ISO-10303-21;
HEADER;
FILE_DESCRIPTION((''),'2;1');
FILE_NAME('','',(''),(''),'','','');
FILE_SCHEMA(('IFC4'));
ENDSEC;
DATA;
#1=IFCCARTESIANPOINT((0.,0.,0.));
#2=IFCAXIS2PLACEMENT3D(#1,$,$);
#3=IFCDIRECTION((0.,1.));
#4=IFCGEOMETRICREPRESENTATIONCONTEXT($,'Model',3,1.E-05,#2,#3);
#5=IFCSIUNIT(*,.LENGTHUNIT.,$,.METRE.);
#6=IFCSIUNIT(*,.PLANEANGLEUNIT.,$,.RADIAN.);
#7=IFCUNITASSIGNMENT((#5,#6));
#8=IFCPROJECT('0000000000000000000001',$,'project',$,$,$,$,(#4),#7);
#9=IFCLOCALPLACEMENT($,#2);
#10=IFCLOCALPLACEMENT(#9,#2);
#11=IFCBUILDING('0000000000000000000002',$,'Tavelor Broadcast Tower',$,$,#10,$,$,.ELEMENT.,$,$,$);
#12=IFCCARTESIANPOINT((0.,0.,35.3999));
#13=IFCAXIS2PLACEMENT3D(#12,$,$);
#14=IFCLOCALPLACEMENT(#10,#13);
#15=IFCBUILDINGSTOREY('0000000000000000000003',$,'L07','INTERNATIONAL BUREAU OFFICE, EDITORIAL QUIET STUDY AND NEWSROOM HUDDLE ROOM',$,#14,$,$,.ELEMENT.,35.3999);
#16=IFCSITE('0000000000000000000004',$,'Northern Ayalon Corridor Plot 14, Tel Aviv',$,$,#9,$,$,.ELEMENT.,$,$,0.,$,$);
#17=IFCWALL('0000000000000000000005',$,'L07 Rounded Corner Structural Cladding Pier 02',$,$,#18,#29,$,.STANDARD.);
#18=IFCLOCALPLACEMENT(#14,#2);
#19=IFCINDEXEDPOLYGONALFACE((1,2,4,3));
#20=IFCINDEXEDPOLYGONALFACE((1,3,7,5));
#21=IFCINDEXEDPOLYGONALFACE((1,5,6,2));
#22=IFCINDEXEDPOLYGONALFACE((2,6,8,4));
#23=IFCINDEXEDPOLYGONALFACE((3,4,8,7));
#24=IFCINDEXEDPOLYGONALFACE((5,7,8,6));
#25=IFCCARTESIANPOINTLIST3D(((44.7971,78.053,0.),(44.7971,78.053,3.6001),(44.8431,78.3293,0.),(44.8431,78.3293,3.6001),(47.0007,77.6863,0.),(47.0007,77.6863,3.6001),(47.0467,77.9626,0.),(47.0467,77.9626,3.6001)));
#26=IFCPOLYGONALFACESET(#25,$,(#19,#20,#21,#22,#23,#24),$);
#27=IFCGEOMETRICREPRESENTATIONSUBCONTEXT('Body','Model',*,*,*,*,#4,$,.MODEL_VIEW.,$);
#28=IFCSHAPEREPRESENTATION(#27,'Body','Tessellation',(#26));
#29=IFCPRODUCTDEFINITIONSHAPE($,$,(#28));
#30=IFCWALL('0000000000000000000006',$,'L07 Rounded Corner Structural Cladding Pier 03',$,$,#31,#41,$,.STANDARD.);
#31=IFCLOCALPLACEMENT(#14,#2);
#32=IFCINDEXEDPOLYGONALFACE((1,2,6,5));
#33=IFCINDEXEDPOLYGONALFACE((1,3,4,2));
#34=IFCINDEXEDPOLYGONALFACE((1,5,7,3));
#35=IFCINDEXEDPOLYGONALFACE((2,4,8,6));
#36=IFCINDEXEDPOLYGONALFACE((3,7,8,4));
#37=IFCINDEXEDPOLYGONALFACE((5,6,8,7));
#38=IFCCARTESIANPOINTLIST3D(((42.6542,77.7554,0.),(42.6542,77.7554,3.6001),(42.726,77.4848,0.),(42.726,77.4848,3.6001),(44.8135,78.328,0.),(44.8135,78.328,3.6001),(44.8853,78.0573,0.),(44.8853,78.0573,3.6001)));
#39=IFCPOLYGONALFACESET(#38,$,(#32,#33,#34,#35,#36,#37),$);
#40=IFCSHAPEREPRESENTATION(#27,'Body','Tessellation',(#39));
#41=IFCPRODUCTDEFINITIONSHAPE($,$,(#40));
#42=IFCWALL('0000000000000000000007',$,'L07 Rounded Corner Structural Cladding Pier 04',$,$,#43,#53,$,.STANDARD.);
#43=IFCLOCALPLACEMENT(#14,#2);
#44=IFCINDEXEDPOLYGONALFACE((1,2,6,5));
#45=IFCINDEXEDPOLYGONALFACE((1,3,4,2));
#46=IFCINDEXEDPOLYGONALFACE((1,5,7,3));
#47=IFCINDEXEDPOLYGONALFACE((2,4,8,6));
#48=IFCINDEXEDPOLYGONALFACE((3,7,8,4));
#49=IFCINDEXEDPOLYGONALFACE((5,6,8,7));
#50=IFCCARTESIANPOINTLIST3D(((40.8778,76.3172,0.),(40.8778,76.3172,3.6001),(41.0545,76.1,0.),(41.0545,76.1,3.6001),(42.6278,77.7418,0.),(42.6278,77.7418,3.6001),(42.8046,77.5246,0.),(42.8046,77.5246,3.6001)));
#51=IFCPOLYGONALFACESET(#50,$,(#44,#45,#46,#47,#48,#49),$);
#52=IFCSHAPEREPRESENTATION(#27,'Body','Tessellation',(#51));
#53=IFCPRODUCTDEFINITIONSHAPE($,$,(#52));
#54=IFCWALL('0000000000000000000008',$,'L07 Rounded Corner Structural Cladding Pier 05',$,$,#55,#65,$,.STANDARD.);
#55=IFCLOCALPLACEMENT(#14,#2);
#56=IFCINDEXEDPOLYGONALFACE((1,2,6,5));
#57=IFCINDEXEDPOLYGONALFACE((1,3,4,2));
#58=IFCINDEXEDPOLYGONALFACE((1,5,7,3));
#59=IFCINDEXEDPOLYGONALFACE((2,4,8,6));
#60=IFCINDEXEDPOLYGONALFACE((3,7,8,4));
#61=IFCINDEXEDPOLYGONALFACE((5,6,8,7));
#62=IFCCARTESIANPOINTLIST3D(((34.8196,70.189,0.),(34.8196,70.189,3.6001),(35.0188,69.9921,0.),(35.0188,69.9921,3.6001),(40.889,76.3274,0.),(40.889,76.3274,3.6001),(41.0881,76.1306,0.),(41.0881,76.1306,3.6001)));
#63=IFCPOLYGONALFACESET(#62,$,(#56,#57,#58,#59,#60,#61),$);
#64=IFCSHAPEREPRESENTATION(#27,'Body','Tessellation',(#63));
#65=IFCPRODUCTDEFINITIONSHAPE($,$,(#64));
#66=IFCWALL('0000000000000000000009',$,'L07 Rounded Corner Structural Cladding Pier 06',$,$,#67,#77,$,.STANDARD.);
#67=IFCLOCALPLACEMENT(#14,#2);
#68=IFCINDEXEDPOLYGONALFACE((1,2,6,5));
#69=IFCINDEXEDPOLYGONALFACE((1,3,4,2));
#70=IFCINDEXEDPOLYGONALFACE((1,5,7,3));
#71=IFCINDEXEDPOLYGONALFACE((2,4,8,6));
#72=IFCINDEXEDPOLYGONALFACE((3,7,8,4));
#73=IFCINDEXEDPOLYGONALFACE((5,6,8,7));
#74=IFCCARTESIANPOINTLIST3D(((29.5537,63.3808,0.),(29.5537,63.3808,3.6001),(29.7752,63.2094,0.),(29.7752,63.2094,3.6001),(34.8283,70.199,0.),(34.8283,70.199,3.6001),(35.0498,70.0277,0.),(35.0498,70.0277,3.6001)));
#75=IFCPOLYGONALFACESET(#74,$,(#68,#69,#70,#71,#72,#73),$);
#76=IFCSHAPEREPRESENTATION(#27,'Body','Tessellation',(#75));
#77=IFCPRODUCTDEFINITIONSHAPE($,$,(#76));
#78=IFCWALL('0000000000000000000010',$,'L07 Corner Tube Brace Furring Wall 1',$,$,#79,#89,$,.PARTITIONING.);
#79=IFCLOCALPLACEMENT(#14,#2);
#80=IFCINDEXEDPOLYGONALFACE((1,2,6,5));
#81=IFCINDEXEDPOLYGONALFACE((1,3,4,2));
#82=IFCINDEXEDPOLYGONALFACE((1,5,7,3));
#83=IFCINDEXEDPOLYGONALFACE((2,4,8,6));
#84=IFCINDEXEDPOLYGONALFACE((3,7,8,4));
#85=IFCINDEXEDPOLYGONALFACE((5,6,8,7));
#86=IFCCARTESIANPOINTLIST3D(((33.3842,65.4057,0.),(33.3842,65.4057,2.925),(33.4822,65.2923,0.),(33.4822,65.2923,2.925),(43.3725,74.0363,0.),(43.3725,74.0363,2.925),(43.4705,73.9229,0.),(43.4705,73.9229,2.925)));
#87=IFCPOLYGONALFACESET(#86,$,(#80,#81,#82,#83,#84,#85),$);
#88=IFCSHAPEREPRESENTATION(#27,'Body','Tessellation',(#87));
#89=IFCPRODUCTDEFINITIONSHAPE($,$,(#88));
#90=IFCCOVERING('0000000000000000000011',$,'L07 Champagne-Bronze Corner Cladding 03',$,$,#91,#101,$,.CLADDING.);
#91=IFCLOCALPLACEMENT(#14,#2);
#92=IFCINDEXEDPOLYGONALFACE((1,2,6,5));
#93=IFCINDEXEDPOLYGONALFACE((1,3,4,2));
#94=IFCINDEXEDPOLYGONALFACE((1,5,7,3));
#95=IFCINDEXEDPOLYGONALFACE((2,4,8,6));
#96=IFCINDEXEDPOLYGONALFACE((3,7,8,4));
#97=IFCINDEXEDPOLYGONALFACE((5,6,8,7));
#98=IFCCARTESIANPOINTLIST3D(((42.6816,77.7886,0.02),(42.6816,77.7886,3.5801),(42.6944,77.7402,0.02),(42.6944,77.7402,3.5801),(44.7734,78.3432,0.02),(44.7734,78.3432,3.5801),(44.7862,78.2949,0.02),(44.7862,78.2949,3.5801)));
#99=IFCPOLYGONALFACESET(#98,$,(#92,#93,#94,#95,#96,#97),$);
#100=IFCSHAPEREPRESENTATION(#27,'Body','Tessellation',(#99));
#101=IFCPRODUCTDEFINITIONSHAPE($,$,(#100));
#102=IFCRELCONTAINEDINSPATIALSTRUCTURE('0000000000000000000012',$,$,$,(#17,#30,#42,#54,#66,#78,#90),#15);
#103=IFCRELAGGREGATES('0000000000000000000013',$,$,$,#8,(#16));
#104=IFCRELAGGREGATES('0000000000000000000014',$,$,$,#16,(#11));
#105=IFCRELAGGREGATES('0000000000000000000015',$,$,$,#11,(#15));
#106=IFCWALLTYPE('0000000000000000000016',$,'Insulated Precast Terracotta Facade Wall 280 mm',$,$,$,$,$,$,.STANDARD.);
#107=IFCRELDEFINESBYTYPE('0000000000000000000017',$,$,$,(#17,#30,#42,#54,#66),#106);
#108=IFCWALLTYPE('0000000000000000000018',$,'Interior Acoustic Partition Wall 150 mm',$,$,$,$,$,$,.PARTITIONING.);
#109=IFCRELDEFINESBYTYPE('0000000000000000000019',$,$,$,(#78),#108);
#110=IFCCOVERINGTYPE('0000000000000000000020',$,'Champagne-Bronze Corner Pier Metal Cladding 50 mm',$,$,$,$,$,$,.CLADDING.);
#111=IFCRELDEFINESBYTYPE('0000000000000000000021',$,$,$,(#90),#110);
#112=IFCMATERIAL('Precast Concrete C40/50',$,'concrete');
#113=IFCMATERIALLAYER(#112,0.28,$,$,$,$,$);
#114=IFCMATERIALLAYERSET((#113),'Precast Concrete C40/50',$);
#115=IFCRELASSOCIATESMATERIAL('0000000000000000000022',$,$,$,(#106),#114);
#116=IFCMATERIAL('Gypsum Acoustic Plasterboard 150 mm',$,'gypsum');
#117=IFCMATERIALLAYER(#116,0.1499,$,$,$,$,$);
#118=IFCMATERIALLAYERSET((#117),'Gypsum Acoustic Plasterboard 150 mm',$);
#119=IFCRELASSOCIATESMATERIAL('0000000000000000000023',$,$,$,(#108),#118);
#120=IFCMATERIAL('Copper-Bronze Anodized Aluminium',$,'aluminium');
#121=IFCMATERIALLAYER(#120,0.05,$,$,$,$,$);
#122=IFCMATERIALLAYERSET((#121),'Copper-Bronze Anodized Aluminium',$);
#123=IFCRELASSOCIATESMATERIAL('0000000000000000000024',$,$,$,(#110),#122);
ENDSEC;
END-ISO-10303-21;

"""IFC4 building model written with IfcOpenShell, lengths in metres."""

from ifc_helpers import new_model, si_unit, direction, frame, frame_2d, origin, origin_2d, place, context, subcontext, project, spatial, rectangle, extrude, material, layer, layer_set, type_object, element, save


model = new_model("IFC4")

# Units and contexts
model_context = context("Model", 3, precision=1e-05, world=origin(), true_north=direction((0.0, 1.0)))
body_context = subcontext(model_context, "Body", "Model", "MODEL_VIEW")
ifc_project = project(units=[si_unit("LENGTHUNIT", "METRE"), si_unit("PLANEANGLEUNIT", "RADIAN")], contexts=[model_context])

# Site, building, storey
site_placement = place(None, origin())
site = spatial("IfcSite", under=ifc_project, at=site_placement, Name="Northern Ayalon Corridor Plot 14, Tel Aviv", CompositionType="ELEMENT", RefElevation=0.0)
building_placement = place(site_placement, origin())
building = spatial("IfcBuilding", under=site, at=building_placement, Name="Tavelor Broadcast Tower", CompositionType="ELEMENT")
storey_placement = place(building_placement, frame((0.0, 0.0, 35.3999)))
storey = spatial("IfcBuildingStorey", under=building, at=storey_placement, Name="L07", Description="INTERNATIONAL BUREAU OFFICE, EDITORIAL QUIET STUDY AND NEWSROOM HUDDLE ROOM", CompositionType="ELEMENT", Elevation=35.3999)

# Walls
ifc_material_1 = material(Name="Precast Concrete C40/50", Category="concrete")
ifc_layer_1 = layer(ifc_material_1, 0.28)
ifc_layer_set_1 = layer_set([ifc_layer_1], Name="Precast Concrete C40/50")
wall_type_1 = type_object("IfcWallType", Name="Insulated Precast Terracotta Facade Wall 280 mm", PredefinedType="STANDARD", material=ifc_layer_set_1)
for number, where, z_axis, x_axis, name in (
    (1, (47.0237, 77.8245, 0.0), (0.0, 0.0, 1.0), (-0.986435, 0.164151, 0.0), "L07 Rounded Corner Structural Cladding Pier 02"),
    (2, (44.8494, 78.1926, 0.0), (0.0, 0.0, 1.0), (-0.966599, -0.256295, 0.0), "L07 Rounded Corner Structural Cladding Pier 03"),
):
    element("IfcWall", number, at=place(storey_placement, frame(where, z_axis=z_axis, x_axis=x_axis)), inside=storey, type_object=wall_type_1, Name=name, PredefinedType="STANDARD", context=body_context, shape_type="SweptSolid", body=[
        extrude(rectangle(XDim=2.2339, YDim=0.28, at=frame_2d((1.1169, 0.0))), origin(), (0.0, 0.0, 1.0), 3.6001),
    ])
wall_1_placement = place(storey_placement, frame((42.7163, 77.6333, 0.0), z_axis=(0.0, 0.0, 1.0), x_axis=(-0.775531, -0.631309, 0.0)))
element("IfcWall", 3, at=wall_1_placement, inside=storey, type_object=wall_type_1, Name="L07 Rounded Corner Structural Cladding Pier 04", PredefinedType="STANDARD", context=body_context, shape_type="SweptSolid", body=[
    extrude(rectangle(XDim=2.2566, YDim=0.28, at=frame_2d((1.1284, 0.0))), origin(), (0.0, 0.0, 1.0), 3.6001),
])
wall_2_placement = place(storey_placement, frame((40.9885, 76.229, 0.0), z_axis=(0.0, 0.0, 1.0), x_axis=(-0.703094, -0.711097, 0.0)))
element("IfcWall", 4, at=wall_2_placement, inside=storey, type_object=wall_type_1, Name="L07 Rounded Corner Structural Cladding Pier 05", PredefinedType="STANDARD", context=body_context, shape_type="SweptSolid", body=[
    extrude(rectangle(XDim=8.6323, YDim=0.28, at=frame_2d((4.3162, 0.0))), origin(), (0.0, 0.0, 1.0), 3.6001),
])
wall_3_placement = place(storey_placement, frame((34.939, 70.1133, 0.0), z_axis=(0.0, 0.0, 1.0), x_axis=(-0.611878, -0.790952, 0.0)))
element("IfcWall", 5, at=wall_3_placement, inside=storey, type_object=wall_type_1, Name="L07 Rounded Corner Structural Cladding Pier 06", PredefinedType="STANDARD", context=body_context, shape_type="SweptSolid", body=[
    extrude(rectangle(XDim=8.6204, YDim=0.28, at=frame_2d((4.3101, 0.0))), origin(), (0.0, 0.0, 1.0), 3.6001),
])
ifc_material_2 = material(Name="Gypsum Acoustic Plasterboard 150 mm", Category="gypsum")
ifc_layer_2 = layer(ifc_material_2, 0.1499)
ifc_layer_set_2 = layer_set([ifc_layer_2], Name="Gypsum Acoustic Plasterboard 150 mm")
wall_type_2 = type_object("IfcWallType", Name="Interior Acoustic Partition Wall 150 mm", PredefinedType="PARTITIONING", material=ifc_layer_set_2)
wall_4_placement = place(storey_placement, frame((43.4214, 73.9795, 0.0), z_axis=(0.0, 0.0, 1.0), x_axis=(-0.756659, -0.65381, 0.0)))
element("IfcWall", 6, at=wall_4_placement, inside=storey, type_object=wall_type_2, Name="L07 Corner Tube Brace Furring Wall 1", PredefinedType="PARTITIONING", context=body_context, shape_type="SweptSolid", body=[
    extrude(rectangle(XDim=13.2004, YDim=0.1499, at=frame_2d((6.6001, 0.0))), origin(), (0.0, 0.0, 1.0), 2.925),
])

# Covering
ifc_material_3 = material(Name="Copper-Bronze Anodized Aluminium", Category="aluminium")
ifc_layer_3 = layer(ifc_material_3, 0.05)
ifc_layer_set_3 = layer_set([ifc_layer_3], Name="Copper-Bronze Anodized Aluminium")
covering_type = type_object("IfcCoveringType", Name="Champagne-Bronze Corner Pier Metal Cladding 50 mm", PredefinedType="CLADDING", material=ifc_layer_set_3)
covering_placement = place(storey_placement, frame((43.7339, 78.0417, 0.02), z_axis=(0.0, 0.0, 1.0), x_axis=(-0.9666, -0.256289, 0.0)))
element("IfcCovering", 7, at=covering_placement, inside=storey, type_object=covering_type, Name="L07 Champagne-Bronze Corner Cladding 03", PredefinedType="CLADDING", context=body_context, shape_type="SweptSolid", body=[
    extrude(rectangle(XDim=2.1641, YDim=0.05, at=origin_2d()), origin(), (0.0, 0.0, 1.0), 3.5601),
])

save(model, "model.ifc")
